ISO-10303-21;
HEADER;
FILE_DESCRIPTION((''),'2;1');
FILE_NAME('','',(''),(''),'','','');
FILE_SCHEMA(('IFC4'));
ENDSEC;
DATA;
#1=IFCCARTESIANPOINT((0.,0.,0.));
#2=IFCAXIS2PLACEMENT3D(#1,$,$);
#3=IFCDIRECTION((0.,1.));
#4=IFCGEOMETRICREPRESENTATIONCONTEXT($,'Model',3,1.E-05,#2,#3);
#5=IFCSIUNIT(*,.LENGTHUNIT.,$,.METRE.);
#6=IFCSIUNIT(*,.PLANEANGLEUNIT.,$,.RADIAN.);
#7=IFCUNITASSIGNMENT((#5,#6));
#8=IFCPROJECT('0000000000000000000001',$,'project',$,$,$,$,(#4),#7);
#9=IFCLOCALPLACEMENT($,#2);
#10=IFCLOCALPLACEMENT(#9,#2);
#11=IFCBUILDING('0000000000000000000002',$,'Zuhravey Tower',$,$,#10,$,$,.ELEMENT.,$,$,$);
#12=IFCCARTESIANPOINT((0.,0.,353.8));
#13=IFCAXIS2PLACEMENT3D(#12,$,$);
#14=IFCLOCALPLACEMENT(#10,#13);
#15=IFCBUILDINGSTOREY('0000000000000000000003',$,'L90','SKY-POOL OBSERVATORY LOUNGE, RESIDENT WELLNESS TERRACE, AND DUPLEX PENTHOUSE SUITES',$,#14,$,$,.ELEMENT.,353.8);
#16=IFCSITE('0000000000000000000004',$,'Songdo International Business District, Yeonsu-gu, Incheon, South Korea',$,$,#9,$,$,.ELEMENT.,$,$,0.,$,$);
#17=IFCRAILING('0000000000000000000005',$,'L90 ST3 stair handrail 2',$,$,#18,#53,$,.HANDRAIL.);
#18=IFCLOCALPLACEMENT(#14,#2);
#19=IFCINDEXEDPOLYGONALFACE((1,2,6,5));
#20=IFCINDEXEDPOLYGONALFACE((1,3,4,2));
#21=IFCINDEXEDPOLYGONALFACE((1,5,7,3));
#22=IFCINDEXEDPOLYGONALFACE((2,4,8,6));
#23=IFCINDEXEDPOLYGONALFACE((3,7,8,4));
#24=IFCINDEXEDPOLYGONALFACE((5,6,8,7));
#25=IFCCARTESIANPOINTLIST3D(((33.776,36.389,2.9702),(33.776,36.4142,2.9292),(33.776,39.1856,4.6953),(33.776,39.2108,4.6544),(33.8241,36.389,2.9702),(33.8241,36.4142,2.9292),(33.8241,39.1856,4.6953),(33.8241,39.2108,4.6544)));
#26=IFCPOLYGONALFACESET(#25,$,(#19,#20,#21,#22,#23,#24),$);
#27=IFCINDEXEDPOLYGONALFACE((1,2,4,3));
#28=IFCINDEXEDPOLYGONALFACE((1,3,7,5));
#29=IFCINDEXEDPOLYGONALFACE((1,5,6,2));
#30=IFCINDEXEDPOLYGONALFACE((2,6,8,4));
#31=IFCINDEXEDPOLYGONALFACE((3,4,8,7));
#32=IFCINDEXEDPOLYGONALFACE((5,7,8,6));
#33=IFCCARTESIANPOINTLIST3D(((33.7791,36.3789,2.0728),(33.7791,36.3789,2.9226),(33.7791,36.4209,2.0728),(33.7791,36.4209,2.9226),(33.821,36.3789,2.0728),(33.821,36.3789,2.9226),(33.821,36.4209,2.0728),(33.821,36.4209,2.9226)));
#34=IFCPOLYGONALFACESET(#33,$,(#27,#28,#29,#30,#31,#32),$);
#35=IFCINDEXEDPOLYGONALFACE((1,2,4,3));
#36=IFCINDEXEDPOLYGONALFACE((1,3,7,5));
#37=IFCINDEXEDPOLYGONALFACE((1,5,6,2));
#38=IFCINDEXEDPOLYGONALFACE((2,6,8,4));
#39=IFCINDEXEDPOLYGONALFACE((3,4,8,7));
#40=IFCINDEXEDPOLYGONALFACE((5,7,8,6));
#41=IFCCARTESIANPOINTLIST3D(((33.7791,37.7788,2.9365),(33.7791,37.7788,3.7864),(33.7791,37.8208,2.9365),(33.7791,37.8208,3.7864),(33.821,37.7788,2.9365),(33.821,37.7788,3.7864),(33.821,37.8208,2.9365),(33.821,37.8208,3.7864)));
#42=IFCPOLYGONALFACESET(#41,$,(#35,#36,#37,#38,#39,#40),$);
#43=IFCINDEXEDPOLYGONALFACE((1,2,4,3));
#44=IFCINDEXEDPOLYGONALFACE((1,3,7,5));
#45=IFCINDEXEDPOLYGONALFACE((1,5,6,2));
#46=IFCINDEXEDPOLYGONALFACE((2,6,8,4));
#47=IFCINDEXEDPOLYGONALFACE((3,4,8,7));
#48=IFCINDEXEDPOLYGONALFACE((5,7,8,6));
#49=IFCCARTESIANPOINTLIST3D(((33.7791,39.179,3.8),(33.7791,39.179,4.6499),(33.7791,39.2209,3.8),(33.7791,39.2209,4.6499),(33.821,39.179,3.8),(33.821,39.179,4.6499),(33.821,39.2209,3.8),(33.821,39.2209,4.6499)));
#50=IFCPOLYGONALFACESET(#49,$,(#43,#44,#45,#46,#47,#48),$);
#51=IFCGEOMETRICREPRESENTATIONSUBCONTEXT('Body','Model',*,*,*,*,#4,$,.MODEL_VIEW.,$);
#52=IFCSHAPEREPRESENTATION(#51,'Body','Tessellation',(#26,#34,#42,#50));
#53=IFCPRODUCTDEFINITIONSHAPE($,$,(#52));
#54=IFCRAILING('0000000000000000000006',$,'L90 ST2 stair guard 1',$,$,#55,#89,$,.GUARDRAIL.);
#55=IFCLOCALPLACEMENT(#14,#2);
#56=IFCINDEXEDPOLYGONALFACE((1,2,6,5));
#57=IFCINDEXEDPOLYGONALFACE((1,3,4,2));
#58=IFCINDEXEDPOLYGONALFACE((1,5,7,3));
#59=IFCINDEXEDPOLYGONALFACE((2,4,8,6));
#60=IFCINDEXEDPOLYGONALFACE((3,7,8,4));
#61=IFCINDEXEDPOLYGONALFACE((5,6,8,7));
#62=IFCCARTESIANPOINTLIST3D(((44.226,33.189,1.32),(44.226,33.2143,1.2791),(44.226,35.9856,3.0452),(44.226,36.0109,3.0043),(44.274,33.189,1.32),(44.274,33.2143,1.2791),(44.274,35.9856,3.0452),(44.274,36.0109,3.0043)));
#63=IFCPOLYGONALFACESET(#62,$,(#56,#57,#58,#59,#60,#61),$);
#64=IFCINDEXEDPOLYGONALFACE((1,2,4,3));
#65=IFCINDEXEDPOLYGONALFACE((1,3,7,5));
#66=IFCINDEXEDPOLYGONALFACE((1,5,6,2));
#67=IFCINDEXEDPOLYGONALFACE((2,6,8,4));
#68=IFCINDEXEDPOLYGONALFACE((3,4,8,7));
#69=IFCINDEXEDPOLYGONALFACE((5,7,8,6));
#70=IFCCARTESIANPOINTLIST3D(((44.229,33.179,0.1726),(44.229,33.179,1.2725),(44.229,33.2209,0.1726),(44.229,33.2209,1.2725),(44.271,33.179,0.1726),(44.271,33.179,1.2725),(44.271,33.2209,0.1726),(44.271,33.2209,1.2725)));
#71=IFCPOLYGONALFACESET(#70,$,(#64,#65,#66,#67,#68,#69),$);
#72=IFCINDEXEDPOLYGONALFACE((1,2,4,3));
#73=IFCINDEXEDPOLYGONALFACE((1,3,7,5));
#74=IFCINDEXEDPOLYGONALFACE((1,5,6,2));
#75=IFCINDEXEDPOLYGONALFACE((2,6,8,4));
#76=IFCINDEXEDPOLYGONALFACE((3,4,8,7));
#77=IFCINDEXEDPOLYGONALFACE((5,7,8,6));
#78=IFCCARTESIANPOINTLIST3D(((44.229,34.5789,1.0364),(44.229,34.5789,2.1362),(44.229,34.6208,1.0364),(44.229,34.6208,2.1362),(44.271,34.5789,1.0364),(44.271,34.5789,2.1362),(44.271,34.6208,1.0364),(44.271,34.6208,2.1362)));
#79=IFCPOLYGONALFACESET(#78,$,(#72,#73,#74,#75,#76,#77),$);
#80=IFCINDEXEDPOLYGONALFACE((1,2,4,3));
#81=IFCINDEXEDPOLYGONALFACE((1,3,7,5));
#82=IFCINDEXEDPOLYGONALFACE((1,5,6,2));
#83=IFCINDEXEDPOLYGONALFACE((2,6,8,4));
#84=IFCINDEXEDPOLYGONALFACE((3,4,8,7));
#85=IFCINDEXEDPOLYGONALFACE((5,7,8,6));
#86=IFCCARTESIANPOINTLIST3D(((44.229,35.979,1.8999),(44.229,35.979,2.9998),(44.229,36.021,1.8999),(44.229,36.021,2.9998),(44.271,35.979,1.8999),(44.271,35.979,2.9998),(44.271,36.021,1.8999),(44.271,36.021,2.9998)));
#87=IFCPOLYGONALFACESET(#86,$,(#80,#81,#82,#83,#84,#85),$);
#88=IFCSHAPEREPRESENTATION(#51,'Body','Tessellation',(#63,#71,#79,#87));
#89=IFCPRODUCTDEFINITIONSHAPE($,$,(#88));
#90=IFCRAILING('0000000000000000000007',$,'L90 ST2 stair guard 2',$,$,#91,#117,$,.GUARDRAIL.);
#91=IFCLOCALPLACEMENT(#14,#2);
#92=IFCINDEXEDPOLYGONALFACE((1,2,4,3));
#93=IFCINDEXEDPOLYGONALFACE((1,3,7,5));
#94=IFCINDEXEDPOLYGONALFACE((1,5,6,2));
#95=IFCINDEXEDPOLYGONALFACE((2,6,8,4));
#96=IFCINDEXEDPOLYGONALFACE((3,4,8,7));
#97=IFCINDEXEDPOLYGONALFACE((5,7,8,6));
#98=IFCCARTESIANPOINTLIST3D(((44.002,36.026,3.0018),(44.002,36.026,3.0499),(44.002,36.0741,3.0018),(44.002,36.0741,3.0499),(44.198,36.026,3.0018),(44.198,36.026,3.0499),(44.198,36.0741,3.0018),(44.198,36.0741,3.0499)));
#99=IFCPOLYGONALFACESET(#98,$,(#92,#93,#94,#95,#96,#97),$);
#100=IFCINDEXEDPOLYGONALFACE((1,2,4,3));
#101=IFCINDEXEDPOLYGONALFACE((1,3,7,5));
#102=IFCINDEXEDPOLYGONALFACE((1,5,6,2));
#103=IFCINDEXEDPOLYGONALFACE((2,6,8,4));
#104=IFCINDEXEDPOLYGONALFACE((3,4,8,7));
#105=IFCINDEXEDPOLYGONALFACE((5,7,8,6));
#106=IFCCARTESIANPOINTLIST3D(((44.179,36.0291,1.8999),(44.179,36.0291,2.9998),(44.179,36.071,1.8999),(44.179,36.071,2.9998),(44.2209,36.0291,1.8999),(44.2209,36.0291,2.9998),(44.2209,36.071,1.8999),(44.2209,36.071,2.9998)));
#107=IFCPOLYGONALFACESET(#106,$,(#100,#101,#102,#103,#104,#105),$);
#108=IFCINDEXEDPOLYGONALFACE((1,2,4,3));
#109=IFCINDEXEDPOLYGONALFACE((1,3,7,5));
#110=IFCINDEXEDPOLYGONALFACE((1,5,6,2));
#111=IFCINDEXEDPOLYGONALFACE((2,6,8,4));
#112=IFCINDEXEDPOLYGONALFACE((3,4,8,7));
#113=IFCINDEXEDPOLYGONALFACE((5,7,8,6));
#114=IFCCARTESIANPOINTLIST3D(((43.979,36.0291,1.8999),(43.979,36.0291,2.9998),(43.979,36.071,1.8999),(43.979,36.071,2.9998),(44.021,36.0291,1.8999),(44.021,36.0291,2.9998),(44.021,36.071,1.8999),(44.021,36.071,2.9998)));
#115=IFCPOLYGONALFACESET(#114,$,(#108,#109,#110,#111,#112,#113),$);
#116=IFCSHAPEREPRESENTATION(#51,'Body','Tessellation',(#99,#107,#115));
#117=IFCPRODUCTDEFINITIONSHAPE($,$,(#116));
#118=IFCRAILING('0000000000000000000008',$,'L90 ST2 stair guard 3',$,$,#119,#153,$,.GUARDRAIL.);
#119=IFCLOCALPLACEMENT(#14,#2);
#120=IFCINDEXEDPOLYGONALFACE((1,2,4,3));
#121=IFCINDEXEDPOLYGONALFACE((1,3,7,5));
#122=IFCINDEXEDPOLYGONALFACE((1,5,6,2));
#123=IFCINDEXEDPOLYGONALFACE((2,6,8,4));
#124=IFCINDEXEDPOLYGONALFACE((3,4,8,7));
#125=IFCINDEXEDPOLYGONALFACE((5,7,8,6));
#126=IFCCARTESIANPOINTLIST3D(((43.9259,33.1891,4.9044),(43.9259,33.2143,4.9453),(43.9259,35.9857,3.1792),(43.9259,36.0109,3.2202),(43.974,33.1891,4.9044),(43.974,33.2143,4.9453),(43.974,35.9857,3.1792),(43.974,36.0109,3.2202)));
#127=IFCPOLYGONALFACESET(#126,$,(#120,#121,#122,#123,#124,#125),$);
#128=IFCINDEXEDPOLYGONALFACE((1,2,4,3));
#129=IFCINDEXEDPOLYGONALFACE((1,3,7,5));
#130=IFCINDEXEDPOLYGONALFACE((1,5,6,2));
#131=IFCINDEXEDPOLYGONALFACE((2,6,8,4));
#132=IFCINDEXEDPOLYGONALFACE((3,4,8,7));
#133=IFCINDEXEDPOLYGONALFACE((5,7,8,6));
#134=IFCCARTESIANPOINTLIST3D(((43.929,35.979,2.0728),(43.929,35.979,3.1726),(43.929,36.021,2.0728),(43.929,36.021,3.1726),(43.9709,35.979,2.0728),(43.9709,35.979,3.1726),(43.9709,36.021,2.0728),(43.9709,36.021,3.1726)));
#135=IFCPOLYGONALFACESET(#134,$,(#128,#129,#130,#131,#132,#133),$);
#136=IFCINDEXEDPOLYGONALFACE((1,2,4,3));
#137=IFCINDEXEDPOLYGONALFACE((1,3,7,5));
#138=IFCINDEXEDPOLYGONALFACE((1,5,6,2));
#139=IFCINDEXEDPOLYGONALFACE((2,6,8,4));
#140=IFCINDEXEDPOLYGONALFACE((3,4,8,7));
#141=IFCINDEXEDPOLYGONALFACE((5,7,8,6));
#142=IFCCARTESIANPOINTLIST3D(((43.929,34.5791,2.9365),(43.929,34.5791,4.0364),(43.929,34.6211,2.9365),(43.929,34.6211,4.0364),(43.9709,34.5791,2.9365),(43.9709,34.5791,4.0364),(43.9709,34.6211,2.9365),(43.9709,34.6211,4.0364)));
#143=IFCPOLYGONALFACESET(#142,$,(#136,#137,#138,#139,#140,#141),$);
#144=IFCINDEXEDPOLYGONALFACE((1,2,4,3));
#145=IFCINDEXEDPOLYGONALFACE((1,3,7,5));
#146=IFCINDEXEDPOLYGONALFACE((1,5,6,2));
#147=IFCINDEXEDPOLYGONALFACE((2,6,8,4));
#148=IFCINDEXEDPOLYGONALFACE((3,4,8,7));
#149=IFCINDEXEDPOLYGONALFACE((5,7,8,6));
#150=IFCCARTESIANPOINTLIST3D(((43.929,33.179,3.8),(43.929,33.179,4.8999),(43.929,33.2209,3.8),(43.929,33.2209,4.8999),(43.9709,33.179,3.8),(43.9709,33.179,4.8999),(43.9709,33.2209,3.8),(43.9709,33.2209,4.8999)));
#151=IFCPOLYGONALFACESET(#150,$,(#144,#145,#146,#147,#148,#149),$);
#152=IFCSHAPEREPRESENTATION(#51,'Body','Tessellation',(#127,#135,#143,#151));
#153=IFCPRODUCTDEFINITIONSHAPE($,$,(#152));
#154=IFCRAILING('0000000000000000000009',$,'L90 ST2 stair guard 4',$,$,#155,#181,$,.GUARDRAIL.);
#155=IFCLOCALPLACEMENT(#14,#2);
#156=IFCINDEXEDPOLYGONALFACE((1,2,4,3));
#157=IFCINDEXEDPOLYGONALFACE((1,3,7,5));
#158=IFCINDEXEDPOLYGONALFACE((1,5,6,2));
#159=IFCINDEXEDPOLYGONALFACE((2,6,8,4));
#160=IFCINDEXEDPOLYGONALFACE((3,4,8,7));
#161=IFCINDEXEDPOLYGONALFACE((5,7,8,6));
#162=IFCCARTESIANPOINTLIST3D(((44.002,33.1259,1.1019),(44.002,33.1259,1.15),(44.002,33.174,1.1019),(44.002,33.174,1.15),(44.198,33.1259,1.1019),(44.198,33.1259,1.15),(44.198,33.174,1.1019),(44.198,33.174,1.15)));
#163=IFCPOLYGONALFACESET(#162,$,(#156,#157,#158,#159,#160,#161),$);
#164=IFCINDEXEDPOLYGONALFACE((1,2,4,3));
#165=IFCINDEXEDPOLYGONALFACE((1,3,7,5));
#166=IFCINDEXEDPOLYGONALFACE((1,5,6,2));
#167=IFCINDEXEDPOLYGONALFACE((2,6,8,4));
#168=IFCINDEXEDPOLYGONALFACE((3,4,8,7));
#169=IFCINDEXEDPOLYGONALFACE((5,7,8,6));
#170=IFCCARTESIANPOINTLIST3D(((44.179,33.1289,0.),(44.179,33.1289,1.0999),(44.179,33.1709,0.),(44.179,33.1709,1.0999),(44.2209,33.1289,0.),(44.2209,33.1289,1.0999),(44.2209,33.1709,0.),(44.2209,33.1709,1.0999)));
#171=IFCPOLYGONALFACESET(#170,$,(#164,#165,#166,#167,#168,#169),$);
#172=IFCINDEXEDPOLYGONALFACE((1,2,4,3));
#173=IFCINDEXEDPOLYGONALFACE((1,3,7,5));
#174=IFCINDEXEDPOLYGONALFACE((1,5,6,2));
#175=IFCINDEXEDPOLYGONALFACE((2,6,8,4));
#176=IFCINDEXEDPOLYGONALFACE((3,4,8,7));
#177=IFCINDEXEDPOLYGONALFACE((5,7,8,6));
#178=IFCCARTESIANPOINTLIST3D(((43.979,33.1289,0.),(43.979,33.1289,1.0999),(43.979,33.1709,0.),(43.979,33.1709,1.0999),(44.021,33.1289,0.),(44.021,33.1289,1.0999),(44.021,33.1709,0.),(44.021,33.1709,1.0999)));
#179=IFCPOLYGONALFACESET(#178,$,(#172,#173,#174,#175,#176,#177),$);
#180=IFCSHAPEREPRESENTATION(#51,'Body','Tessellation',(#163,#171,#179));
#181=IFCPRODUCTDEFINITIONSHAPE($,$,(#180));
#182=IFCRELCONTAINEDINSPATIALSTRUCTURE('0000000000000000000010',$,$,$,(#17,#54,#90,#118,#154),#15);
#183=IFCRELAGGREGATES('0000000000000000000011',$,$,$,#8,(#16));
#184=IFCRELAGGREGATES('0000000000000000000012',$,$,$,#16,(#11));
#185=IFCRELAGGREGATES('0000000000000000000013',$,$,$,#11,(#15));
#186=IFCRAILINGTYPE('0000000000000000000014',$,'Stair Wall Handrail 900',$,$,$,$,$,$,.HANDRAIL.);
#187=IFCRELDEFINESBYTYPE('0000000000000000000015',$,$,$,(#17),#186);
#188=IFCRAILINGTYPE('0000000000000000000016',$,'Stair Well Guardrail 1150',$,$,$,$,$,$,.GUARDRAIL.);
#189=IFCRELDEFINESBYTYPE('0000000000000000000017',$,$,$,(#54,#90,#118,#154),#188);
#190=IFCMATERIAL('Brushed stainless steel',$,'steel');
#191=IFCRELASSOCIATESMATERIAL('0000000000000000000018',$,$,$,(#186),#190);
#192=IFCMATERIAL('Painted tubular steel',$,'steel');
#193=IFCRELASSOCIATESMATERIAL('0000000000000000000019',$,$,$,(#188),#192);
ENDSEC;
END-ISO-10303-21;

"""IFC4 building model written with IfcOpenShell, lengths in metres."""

from ifc_helpers import new_model, si_unit, direction, frame, origin, origin_2d, place, context, subcontext, project, spatial, rectangle, extrude, material, type_object, element, save


model = new_model("IFC4")

# Units and contexts
model_context = context("Model", 3, precision=1e-05, world=origin(), true_north=direction((0.0, 1.0)))
body_context = subcontext(model_context, "Body", "Model", "MODEL_VIEW")
ifc_project = project(units=[si_unit("LENGTHUNIT", "METRE"), si_unit("PLANEANGLEUNIT", "RADIAN")], contexts=[model_context])

# Site, building, storey
site_placement = place(None, origin())
site = spatial("IfcSite", under=ifc_project, at=site_placement, Name="Songdo International Business District, Yeonsu-gu, Incheon, South Korea", CompositionType="ELEMENT", RefElevation=0.0)
building_placement = place(site_placement, origin())
building = spatial("IfcBuilding", under=site, at=building_placement, Name="Zuhravey Tower", CompositionType="ELEMENT")
storey_placement = place(building_placement, frame((0.0, 0.0, 353.8)))
storey = spatial("IfcBuildingStorey", under=building, at=storey_placement, Name="L90", Description="SKY-POOL OBSERVATORY LOUNGE, RESIDENT WELLNESS TERRACE, AND DUPLEX PENTHOUSE SUITES", CompositionType="ELEMENT", Elevation=353.8)

# Railings
ifc_material_1 = material(Name="Brushed stainless steel", Category="steel")
railing_type_1 = type_object("IfcRailingType", Name="Stair Wall Handrail 900", PredefinedType="HANDRAIL", material=ifc_material_1)
railing_1_placement = place(storey_placement, frame((33.8, 36.3999, 2.0728)))
element("IfcRailing", 1, at=railing_1_placement, inside=storey, type_object=railing_type_1, Name="L90 ST3 stair handrail 2", PredefinedType="HANDRAIL", context=body_context, shape_type="SweptSolid", body=[
    extrude(rectangle(XDim=0.0481, YDim=0.0481, at=origin_2d()), frame((0.0, 0.0017, 0.877), z_axis=(0.0, 0.85109, 0.52502), x_axis=(-1.0, 0.0, 0.0)), (0.0, 0.0, 1.0), 3.2859),
    extrude(rectangle(XDim=0.042, YDim=0.042, at=origin_2d()), origin(), (0.0, 0.0, 1.0), 0.8499),
    extrude(rectangle(XDim=0.042, YDim=0.042, at=origin_2d()), frame((0.0, 1.3999, 0.8638)), (0.0, 0.0, 1.0), 0.8499),
    extrude(rectangle(XDim=0.042, YDim=0.042, at=origin_2d()), frame((0.0, 2.8, 1.7273)), (0.0, 0.0, 1.0), 0.8499),
])
ifc_material_2 = material(Name="Painted tubular steel", Category="steel")
railing_type_2 = type_object("IfcRailingType", Name="Stair Well Guardrail 1150", PredefinedType="GUARDRAIL", material=ifc_material_2)
railing_2_placement = place(storey_placement, frame((44.25, 33.2, 0.1726)))
element("IfcRailing", 2, at=railing_2_placement, inside=storey, type_object=railing_type_2, Name="L90 ST2 stair guard 1", PredefinedType="GUARDRAIL", context=body_context, shape_type="SweptSolid", body=[
    extrude(rectangle(XDim=0.0481, YDim=0.0481, at=origin_2d()), frame((0.0, 0.0017, 1.127), z_axis=(0.0, 0.85109, 0.52502), x_axis=(-1.0, 0.0, 0.0)), (0.0, 0.0, 1.0), 3.2859),
    extrude(rectangle(XDim=0.042, YDim=0.042, at=origin_2d()), origin(), (0.0, 0.0, 1.0), 1.0999),
    extrude(rectangle(XDim=0.042, YDim=0.042, at=origin_2d()), frame((0.0, 1.3999, 0.8638)), (0.0, 0.0, 1.0), 1.0999),
    extrude(rectangle(XDim=0.042, YDim=0.042, at=origin_2d()), frame((0.0, 2.8, 1.7273)), (0.0, 0.0, 1.0), 1.0999),
])
railing_3_placement = place(storey_placement, frame((44.2, 36.05, 1.8999)))
element("IfcRailing", 3, at=railing_3_placement, inside=storey, type_object=railing_type_2, Name="L90 ST2 stair guard 2", PredefinedType="GUARDRAIL", context=body_context, shape_type="SweptSolid", body=[
    extrude(rectangle(XDim=0.0481, YDim=0.0481, at=origin_2d()), frame((-0.002, 0.0, 1.126), z_axis=(-1.0, 0.0, 0.0), x_axis=(0.0, -1.0, 0.0)), (0.0, 0.0, 1.0), 0.196),
    extrude(rectangle(XDim=0.042, YDim=0.042, at=origin_2d()), origin(), (0.0, 0.0, 1.0), 1.0999),
    extrude(rectangle(XDim=0.042, YDim=0.042, at=origin_2d()), frame((-0.2, 0.0, 0.0)), (0.0, 0.0, 1.0), 1.0999),
])
railing_4_placement = place(storey_placement, frame((43.95, 36.0, 2.0728)))
element("IfcRailing", 4, at=railing_4_placement, inside=storey, type_object=railing_type_2, Name="L90 ST2 stair guard 3", PredefinedType="GUARDRAIL", context=body_context, shape_type="SweptSolid", body=[
    extrude(rectangle(XDim=0.0481, YDim=0.0481, at=origin_2d()), frame((0.0, -0.0017, 1.127), z_axis=(0.0, -0.85109, 0.52502), x_axis=(1.0, 0.0, 0.0)), (0.0, 0.0, 1.0), 3.2859),
    extrude(rectangle(XDim=0.042, YDim=0.042, at=origin_2d()), origin(), (0.0, 0.0, 1.0), 1.0999),
    extrude(rectangle(XDim=0.042, YDim=0.042, at=origin_2d()), frame((0.0, -1.3999, 0.8638)), (0.0, 0.0, 1.0), 1.0999),
    extrude(rectangle(XDim=0.042, YDim=0.042, at=origin_2d()), frame((0.0, -2.8, 1.7273)), (0.0, 0.0, 1.0), 1.0999),
])
railing_5_placement = place(storey_placement, frame((44.2, 33.1499, 0.0)))
element("IfcRailing", 5, at=railing_5_placement, inside=storey, type_object=railing_type_2, Name="L90 ST2 stair guard 4", PredefinedType="GUARDRAIL", context=body_context, shape_type="SweptSolid", body=[
    extrude(rectangle(XDim=0.0481, YDim=0.0481, at=origin_2d()), frame((-0.002, 0.0, 1.126), z_axis=(-1.0, 0.0, 0.0), x_axis=(0.0, -1.0, 0.0)), (0.0, 0.0, 1.0), 0.196),
    extrude(rectangle(XDim=0.042, YDim=0.042, at=origin_2d()), origin(), (0.0, 0.0, 1.0), 1.0999),
    extrude(rectangle(XDim=0.042, YDim=0.042, at=origin_2d()), frame((-0.2, 0.0, 0.0)), (0.0, 0.0, 1.0), 1.0999),
])

save(model, "model.ifc")
